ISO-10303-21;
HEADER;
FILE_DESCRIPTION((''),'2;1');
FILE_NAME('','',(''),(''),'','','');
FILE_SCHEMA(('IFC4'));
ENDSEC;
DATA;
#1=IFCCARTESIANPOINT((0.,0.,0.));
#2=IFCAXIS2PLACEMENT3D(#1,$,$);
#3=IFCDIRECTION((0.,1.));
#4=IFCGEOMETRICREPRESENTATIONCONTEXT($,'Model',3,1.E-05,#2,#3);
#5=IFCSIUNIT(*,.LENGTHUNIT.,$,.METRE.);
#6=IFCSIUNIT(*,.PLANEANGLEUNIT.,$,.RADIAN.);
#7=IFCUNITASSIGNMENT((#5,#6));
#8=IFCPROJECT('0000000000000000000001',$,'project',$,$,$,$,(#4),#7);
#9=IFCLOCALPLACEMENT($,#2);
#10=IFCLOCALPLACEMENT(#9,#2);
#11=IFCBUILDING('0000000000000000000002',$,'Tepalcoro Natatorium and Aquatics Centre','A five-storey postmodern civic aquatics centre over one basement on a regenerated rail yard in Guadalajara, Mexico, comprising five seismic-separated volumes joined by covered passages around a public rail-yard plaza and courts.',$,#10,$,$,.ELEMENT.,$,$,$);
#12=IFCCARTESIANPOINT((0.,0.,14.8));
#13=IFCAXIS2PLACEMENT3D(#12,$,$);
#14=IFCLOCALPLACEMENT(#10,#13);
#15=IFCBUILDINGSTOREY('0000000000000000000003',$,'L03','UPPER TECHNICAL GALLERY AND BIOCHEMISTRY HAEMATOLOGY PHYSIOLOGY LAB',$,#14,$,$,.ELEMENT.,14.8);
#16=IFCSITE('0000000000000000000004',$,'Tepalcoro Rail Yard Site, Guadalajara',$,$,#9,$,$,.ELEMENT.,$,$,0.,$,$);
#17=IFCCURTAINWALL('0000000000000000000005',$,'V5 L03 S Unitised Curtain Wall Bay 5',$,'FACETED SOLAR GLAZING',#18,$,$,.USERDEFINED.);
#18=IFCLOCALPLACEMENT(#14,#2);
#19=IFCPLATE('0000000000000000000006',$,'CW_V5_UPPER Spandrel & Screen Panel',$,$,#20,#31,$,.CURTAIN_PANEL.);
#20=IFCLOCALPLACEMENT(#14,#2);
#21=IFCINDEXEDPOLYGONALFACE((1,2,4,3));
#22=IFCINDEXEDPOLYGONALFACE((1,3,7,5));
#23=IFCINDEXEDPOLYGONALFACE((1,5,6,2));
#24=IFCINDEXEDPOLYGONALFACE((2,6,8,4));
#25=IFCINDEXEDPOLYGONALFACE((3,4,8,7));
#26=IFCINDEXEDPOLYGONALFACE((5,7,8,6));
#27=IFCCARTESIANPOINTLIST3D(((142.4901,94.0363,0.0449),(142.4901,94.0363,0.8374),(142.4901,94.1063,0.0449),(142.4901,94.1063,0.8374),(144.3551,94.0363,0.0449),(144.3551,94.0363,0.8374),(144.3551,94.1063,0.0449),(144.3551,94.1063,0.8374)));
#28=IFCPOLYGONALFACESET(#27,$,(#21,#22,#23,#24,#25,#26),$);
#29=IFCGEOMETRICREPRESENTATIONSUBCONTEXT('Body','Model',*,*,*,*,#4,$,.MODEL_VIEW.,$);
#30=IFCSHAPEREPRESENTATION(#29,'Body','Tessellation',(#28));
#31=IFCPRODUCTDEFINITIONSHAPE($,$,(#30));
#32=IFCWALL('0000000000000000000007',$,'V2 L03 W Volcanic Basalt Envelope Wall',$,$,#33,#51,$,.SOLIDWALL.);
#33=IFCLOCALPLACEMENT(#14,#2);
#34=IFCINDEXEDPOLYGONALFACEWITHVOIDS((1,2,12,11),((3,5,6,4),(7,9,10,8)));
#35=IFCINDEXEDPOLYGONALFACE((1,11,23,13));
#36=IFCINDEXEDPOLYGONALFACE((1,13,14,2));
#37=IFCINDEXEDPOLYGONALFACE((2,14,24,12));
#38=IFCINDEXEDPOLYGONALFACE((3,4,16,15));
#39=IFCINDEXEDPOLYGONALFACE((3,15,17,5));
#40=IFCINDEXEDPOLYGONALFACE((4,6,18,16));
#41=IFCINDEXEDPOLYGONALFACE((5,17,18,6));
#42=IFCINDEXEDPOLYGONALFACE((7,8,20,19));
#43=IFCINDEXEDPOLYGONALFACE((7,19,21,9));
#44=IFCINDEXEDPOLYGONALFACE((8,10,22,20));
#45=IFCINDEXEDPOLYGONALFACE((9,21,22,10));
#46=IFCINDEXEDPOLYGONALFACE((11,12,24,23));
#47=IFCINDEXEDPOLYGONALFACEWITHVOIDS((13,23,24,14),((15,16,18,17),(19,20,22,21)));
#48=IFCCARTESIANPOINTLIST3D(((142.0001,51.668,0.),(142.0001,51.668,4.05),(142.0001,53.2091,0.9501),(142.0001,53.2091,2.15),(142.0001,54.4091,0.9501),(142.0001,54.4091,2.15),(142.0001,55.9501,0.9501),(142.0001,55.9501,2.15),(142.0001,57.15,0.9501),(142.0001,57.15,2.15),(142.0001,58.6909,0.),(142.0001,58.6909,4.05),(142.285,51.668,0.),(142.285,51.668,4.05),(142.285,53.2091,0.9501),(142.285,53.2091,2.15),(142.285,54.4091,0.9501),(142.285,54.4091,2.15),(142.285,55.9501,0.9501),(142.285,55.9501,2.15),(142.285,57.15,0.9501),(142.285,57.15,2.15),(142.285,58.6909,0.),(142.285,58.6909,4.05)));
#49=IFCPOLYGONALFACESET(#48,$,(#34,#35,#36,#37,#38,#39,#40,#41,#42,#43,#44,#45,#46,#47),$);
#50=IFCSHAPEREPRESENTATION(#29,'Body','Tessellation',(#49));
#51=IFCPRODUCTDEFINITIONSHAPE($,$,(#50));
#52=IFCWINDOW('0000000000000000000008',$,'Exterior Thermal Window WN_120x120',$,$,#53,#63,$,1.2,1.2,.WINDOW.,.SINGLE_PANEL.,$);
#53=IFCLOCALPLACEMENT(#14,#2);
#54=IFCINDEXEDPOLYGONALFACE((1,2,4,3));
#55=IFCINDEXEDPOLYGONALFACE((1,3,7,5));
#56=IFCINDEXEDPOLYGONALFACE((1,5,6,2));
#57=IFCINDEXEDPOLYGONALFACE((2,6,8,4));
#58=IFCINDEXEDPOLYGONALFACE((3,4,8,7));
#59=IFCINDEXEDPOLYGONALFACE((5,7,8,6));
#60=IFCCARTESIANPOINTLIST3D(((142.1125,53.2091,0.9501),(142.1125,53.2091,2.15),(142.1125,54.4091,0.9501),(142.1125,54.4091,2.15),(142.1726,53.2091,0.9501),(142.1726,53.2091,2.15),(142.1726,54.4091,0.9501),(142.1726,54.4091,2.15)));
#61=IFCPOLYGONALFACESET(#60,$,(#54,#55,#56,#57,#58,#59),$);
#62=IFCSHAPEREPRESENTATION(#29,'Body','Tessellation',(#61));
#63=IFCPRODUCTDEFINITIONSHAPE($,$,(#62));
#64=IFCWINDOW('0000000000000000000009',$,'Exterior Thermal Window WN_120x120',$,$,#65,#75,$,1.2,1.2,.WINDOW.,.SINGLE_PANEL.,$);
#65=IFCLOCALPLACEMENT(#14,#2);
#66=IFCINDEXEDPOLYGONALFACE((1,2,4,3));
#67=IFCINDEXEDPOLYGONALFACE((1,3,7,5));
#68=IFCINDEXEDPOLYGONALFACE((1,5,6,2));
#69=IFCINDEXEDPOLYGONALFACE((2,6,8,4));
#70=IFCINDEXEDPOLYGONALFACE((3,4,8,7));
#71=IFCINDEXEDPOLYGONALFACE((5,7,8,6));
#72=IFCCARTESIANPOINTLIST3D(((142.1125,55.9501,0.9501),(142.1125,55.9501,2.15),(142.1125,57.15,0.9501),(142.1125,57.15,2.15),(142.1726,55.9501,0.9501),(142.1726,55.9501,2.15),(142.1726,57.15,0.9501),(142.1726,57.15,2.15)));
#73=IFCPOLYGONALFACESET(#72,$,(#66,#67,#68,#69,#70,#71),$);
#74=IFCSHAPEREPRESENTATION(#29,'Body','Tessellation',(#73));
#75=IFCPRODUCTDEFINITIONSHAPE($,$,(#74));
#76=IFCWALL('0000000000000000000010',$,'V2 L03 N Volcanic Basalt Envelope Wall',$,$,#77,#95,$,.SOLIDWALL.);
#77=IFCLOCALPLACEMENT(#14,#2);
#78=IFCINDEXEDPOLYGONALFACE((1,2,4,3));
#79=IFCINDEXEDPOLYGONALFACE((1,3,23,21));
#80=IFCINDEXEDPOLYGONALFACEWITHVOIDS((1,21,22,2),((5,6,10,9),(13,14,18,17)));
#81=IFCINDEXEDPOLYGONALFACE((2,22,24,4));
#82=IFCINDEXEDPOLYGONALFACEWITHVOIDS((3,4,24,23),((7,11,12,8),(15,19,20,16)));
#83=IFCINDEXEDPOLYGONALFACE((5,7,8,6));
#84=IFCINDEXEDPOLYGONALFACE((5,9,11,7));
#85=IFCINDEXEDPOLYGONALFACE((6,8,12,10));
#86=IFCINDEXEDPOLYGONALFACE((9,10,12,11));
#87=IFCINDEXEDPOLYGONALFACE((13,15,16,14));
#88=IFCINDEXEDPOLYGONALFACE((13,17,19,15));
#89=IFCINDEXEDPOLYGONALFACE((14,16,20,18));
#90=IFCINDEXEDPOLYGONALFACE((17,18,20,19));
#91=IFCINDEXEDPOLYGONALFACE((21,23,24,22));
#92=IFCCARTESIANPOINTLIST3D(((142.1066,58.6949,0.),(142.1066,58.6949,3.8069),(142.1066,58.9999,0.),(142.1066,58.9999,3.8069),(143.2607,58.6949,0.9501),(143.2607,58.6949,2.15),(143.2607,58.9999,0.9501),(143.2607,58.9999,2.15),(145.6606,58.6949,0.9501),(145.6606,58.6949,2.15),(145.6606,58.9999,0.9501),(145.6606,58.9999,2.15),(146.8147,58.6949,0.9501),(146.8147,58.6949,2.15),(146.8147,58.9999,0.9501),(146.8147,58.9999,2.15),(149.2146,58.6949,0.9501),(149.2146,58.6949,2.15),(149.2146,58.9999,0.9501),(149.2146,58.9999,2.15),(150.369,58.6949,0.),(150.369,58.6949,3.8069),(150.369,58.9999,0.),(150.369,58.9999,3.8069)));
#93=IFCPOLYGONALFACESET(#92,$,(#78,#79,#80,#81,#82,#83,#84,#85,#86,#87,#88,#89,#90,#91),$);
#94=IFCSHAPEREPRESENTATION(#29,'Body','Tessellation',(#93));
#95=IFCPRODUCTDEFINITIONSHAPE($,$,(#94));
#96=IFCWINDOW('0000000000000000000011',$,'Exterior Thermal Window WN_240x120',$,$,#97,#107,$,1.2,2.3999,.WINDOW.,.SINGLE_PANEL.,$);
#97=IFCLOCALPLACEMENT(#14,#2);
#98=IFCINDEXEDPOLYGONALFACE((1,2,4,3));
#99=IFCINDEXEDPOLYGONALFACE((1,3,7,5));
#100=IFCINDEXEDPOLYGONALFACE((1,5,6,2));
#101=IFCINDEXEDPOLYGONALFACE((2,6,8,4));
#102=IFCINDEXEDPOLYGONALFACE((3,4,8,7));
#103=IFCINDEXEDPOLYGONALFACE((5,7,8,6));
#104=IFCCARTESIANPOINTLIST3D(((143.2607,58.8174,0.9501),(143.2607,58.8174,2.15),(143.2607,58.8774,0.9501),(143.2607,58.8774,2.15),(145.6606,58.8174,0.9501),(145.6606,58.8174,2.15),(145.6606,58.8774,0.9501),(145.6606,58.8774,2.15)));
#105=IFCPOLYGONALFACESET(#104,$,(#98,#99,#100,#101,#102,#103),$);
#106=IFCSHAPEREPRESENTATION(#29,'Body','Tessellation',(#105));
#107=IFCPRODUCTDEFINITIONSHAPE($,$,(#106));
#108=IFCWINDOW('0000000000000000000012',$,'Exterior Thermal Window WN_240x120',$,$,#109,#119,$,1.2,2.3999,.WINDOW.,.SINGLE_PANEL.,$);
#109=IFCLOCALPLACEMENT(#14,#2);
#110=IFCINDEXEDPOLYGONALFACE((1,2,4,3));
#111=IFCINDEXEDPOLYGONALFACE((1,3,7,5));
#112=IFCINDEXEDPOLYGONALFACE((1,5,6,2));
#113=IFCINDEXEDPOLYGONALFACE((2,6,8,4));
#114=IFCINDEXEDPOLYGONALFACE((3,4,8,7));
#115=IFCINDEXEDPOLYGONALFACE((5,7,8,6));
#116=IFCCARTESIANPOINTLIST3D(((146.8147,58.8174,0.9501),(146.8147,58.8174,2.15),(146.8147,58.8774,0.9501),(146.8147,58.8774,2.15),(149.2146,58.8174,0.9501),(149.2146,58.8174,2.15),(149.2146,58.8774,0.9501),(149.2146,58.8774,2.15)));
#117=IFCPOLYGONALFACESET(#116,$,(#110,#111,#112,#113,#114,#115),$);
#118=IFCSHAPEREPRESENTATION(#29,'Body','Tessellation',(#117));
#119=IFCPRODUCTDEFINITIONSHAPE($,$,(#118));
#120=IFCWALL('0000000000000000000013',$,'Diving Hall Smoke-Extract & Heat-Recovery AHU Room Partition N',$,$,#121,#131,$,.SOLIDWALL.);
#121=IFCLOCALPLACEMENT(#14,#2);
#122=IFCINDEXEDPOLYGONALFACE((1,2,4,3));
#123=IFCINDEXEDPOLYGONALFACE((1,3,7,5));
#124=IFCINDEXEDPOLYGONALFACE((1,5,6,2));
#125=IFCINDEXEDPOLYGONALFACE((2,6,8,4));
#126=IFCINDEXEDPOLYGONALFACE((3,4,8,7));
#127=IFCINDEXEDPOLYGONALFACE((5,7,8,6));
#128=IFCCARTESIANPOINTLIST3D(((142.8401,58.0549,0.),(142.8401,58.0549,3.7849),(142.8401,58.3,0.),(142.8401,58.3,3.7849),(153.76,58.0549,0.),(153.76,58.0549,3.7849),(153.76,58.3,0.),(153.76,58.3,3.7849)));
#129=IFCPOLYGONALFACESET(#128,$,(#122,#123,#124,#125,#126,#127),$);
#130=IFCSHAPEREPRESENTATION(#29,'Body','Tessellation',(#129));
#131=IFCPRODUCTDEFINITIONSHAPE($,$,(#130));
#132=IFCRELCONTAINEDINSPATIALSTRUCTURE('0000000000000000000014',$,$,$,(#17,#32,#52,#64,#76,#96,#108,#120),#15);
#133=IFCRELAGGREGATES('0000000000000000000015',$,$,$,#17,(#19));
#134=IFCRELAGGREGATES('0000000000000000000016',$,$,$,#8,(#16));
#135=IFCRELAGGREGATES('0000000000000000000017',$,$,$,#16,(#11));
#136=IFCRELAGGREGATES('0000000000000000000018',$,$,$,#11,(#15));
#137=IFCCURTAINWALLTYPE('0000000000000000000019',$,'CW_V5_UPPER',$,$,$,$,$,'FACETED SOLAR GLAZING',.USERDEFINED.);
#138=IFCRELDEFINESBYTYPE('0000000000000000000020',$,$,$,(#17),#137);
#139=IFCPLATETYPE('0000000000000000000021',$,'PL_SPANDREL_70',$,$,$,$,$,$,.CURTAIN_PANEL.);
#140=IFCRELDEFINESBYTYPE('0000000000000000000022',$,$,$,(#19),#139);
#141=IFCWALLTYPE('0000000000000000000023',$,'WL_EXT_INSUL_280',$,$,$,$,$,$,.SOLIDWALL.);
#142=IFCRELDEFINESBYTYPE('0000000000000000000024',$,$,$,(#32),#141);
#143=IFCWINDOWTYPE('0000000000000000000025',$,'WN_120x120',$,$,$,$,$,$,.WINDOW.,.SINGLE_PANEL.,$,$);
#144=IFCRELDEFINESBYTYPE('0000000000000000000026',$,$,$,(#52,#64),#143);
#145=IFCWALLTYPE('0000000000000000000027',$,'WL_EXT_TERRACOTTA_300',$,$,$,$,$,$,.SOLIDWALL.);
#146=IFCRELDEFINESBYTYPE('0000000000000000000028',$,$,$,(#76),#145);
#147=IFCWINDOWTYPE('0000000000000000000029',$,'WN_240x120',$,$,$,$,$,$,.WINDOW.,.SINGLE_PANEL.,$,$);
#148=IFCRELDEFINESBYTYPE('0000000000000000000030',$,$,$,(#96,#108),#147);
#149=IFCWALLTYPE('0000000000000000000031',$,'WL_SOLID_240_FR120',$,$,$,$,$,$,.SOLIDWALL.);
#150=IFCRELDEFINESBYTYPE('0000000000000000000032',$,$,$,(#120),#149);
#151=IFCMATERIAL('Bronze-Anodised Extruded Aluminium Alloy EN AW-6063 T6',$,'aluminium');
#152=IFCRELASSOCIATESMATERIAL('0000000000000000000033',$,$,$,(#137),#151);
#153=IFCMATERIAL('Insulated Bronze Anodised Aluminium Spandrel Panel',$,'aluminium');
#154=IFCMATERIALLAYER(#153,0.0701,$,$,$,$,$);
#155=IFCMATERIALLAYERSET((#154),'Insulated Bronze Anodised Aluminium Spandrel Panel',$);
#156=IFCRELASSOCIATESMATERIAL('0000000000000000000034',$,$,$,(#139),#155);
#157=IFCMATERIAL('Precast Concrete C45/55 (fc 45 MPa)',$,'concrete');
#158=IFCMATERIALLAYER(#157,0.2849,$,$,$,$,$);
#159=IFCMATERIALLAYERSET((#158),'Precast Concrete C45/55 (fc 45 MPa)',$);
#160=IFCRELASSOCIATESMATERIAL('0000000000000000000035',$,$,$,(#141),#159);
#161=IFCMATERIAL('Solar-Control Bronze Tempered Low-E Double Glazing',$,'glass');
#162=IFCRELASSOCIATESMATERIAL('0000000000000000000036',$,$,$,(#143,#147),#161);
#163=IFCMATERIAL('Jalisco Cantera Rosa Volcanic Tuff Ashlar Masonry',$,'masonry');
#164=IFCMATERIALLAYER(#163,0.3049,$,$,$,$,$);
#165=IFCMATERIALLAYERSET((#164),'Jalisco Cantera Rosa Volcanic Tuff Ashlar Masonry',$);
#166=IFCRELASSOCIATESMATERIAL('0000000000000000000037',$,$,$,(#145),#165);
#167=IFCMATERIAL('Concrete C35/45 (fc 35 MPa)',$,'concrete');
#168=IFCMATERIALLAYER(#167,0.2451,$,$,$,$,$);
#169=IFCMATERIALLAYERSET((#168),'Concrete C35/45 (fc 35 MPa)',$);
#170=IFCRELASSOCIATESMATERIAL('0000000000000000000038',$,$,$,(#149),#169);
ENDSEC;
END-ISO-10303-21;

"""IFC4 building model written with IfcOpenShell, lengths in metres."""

from ifc_helpers import new_model, si_unit, direction, frame, frame_2d, origin, origin_2d, place, context, subcontext, project, spatial, rectangle, extrude, material, layer, layer_set, type_object, element, fill, aggregate, save


model = new_model("IFC4")

# Units and contexts
model_context = context("Model", 3, precision=1e-05, world=origin(), true_north=direction((0.0, 1.0)))
body_context = subcontext(model_context, "Body", "Model", "MODEL_VIEW")
ifc_project = project(units=[si_unit("LENGTHUNIT", "METRE"), si_unit("PLANEANGLEUNIT", "RADIAN")], contexts=[model_context])

# Site, building, storey
site_placement = place(None, origin())
site = spatial("IfcSite", under=ifc_project, at=site_placement, Name="Tepalcoro Rail Yard Site, Guadalajara", CompositionType="ELEMENT", RefElevation=0.0)
building_placement = place(site_placement, origin())
building = spatial("IfcBuilding", under=site, at=building_placement, Name="Tepalcoro Natatorium and Aquatics Centre", Description="A five-storey postmodern civic aquatics centre over one basement on a regenerated rail yard in Guadalajara, Mexico, comprising five seismic-separated volumes joined by covered passages around a public rail-yard plaza and courts.", CompositionType="ELEMENT")
storey_placement = place(building_placement, frame((0.0, 0.0, 14.8)))
storey = spatial("IfcBuildingStorey", under=building, at=storey_placement, Name="L03", Description="UPPER TECHNICAL GALLERY AND BIOCHEMISTRY HAEMATOLOGY PHYSIOLOGY LAB", CompositionType="ELEMENT", Elevation=14.8)

# Shared definitions
ifc_material_1 = material(Name="Bronze-Anodised Extruded Aluminium Alloy EN AW-6063 T6", Category="aluminium")

# Curtain wall
curtain_wall_type_1 = type_object("IfcCurtainWallType", Name="CW_V5_UPPER", ElementType="FACETED SOLAR GLAZING", PredefinedType="USERDEFINED", material=ifc_material_1)
curtain_wall_1_placement = place(storey_placement, origin())
curtain_wall_1 = element("IfcCurtainWall", 1, at=curtain_wall_1_placement, inside=storey, type_object=curtain_wall_type_1, Name="V5 L03 S Unitised Curtain Wall Bay 5", ObjectType="FACETED SOLAR GLAZING", PredefinedType="USERDEFINED")

# Plate
ifc_material_2 = material(Name="Solar-Control Bronze Tempered Low-E Double Glazing", Category="glass")
ifc_material_3 = material(Name="Insulated Bronze Anodised Aluminium Spandrel Panel", Category="aluminium")
ifc_layer_1 = layer(ifc_material_3, 0.0701)
ifc_layer_set_1 = layer_set([ifc_layer_1], Name="Insulated Bronze Anodised Aluminium Spandrel Panel")
plate_type_1 = type_object("IfcPlateType", Name="PL_SPANDREL_70", PredefinedType="CURTAIN_PANEL", material=ifc_layer_set_1)
plate_1_placement = place(storey_placement, frame((143.4226, 94.0713, 0.0449), z_axis=(0.0, 0.0, 1.0), x_axis=(1.0, 0.0, 0.0)))
plate_1 = element("IfcPlate", 2, at=plate_1_placement, type_object=plate_type_1, Name="CW_V5_UPPER Spandrel & Screen Panel", PredefinedType="CURTAIN_PANEL", context=body_context, shape_type="SweptSolid", body=[
    extrude(rectangle(XDim=1.865, YDim=0.0701, at=origin_2d()), origin(), (0.0, 0.0, 1.0), 0.7925),
])
aggregate(curtain_wall_1, [plate_1])

# Walls, openings, windows
ifc_material_4 = material(Name="Precast Concrete C45/55 (fc 45 MPa)", Category="concrete")
ifc_layer_2 = layer(ifc_material_4, 0.2849)
ifc_layer_set_2 = layer_set([ifc_layer_2], Name="Precast Concrete C45/55 (fc 45 MPa)")
wall_type_1 = type_object("IfcWallType", Name="WL_EXT_INSUL_280", PredefinedType="SOLIDWALL", material=ifc_layer_set_2)
wall_1_placement = place(storey_placement, frame((142.1426, 51.668, 0.0), z_axis=(0.0, 0.0, 1.0), x_axis=(0.0, 1.0, 0.0)))
wall_1 = element("IfcWall", 3, at=wall_1_placement, inside=storey, type_object=wall_type_1, Name="V2 L03 W Volcanic Basalt Envelope Wall", PredefinedType="SOLIDWALL", context=body_context, shape_type="SweptSolid", body=[
    extrude(rectangle(XDim=7.0229, YDim=0.2849, at=frame_2d((3.5115, 0.0))), origin(), (0.0, 0.0, 1.0), 4.05),
])
opening_1_placement = place(wall_1_placement, frame((1.541, 0.0, 0.95)))
opening_1 = element("IfcOpeningElement", 4, at=opening_1_placement, cuts=wall_1, PredefinedType="OPENING", context=body_context, shape_type="SweptSolid", body=[
    extrude(rectangle(XDim=1.2, YDim=1.2, at=frame_2d((0.6001, 0.6001))), frame((0.0, 0.1543, 0.0), z_axis=(0.0, -1.0, 0.0), x_axis=(1.0, 0.0, 0.0)), (0.0, 0.0, 1.0), 0.3088),
])
opening_2_placement = place(wall_1_placement, frame((4.282, 0.0, 0.95)))
opening_2 = element("IfcOpeningElement", 5, at=opening_2_placement, cuts=wall_1, PredefinedType="OPENING", context=body_context, shape_type="SweptSolid", body=[
    extrude(rectangle(XDim=1.2, YDim=1.2, at=frame_2d((0.6001, 0.6001))), frame((0.0, 0.1543, 0.0), z_axis=(0.0, -1.0, 0.0), x_axis=(1.0, 0.0, 0.0)), (0.0, 0.0, 1.0), 0.3088),
])
window_type_1 = type_object("IfcWindowType", Name="WN_120x120", PartitioningType="SINGLE_PANEL", PredefinedType="WINDOW", material=ifc_material_2)
window_1_placement = place(opening_1_placement, origin())
window_1 = element("IfcWindow", 6, at=window_1_placement, inside=storey, type_object=window_type_1, Name="Exterior Thermal Window WN_120x120", OverallHeight=1.2, OverallWidth=1.2, PartitioningType="SINGLE_PANEL", PredefinedType="WINDOW", context=body_context, shape_type="SweptSolid", body=[
    extrude(rectangle(XDim=1.2, YDim=1.2, at=frame_2d((0.6001, 0.6001))), frame((0.0, 0.03, 0.0), z_axis=(0.0, -1.0, 0.0), x_axis=(1.0, 0.0, 0.0)), (0.0, 0.0, 1.0), 0.0601),
])
fill(opening_1, window_1)
window_2_placement = place(opening_2_placement, origin())
window_2 = element("IfcWindow", 7, at=window_2_placement, inside=storey, type_object=window_type_1, Name="Exterior Thermal Window WN_120x120", OverallHeight=1.2, OverallWidth=1.2, PartitioningType="SINGLE_PANEL", PredefinedType="WINDOW", context=body_context, shape_type="SweptSolid", body=[
    extrude(rectangle(XDim=1.2, YDim=1.2, at=frame_2d((0.6001, 0.6001))), frame((0.0, 0.03, 0.0), z_axis=(0.0, -1.0, 0.0), x_axis=(1.0, 0.0, 0.0)), (0.0, 0.0, 1.0), 0.0601),
])
fill(opening_2, window_2)
ifc_material_5 = material(Name="Jalisco Cantera Rosa Volcanic Tuff Ashlar Masonry", Category="masonry")
ifc_layer_3 = layer(ifc_material_5, 0.3049)
ifc_layer_set_3 = layer_set([ifc_layer_3], Name="Jalisco Cantera Rosa Volcanic Tuff Ashlar Masonry")
wall_type_2 = type_object("IfcWallType", Name="WL_EXT_TERRACOTTA_300", PredefinedType="SOLIDWALL", material=ifc_layer_set_3)
wall_2_placement = place(storey_placement, frame((142.1064, 58.8474, 0.0), z_axis=(0.0, 0.0, 1.0), x_axis=(1.0, 0.0, 0.0)))
wall_2 = element("IfcWall", 8, at=wall_2_placement, inside=storey, type_object=wall_type_2, Name="V2 L03 N Volcanic Basalt Envelope Wall", PredefinedType="SOLIDWALL", context=body_context, shape_type="SweptSolid", body=[
    extrude(rectangle(XDim=8.2625, YDim=0.3049, at=frame_2d((4.1313, 0.0))), origin(), (0.0, 0.0, 1.0), 3.8069),
])
opening_3_placement = place(wall_2_placement, frame((1.1543, 0.0, 0.95)))
opening_3 = element("IfcOpeningElement", 9, at=opening_3_placement, cuts=wall_2, PredefinedType="OPENING", context=body_context, shape_type="SweptSolid", body=[
    extrude(rectangle(XDim=2.3999, YDim=1.2, at=frame_2d((1.2, 0.6001))), frame((0.0, 0.1646, 0.0), z_axis=(0.0, -1.0, 0.0), x_axis=(1.0, 0.0, 0.0)), (0.0, 0.0, 1.0), 0.3289),
])
opening_4_placement = place(wall_2_placement, frame((4.7083, 0.0, 0.95)))
opening_4 = element("IfcOpeningElement", 10, at=opening_4_placement, cuts=wall_2, PredefinedType="OPENING", context=body_context, shape_type="SweptSolid", body=[
    extrude(rectangle(XDim=2.3999, YDim=1.2, at=frame_2d((1.2, 0.6001))), frame((0.0, 0.1646, 0.0), z_axis=(0.0, -1.0, 0.0), x_axis=(1.0, 0.0, 0.0)), (0.0, 0.0, 1.0), 0.3289),
])
window_type_2 = type_object("IfcWindowType", Name="WN_240x120", PartitioningType="SINGLE_PANEL", PredefinedType="WINDOW", material=ifc_material_2)
window_3_placement = place(opening_3_placement, origin())
window_3 = element("IfcWindow", 11, at=window_3_placement, inside=storey, type_object=window_type_2, Name="Exterior Thermal Window WN_240x120", OverallHeight=1.2, OverallWidth=2.3999, PartitioningType="SINGLE_PANEL", PredefinedType="WINDOW", context=body_context, shape_type="SweptSolid", body=[
    extrude(rectangle(XDim=2.3999, YDim=1.2, at=frame_2d((1.2, 0.6001))), frame((0.0, 0.03, 0.0), z_axis=(0.0, -1.0, 0.0), x_axis=(1.0, 0.0, 0.0)), (0.0, 0.0, 1.0), 0.0601),
])
fill(opening_3, window_3)
window_4_placement = place(opening_4_placement, origin())
window_4 = element("IfcWindow", 12, at=window_4_placement, inside=storey, type_object=window_type_2, Name="Exterior Thermal Window WN_240x120", OverallHeight=1.2, OverallWidth=2.3999, PartitioningType="SINGLE_PANEL", PredefinedType="WINDOW", context=body_context, shape_type="SweptSolid", body=[
    extrude(rectangle(XDim=2.3999, YDim=1.2, at=frame_2d((1.2, 0.6001))), frame((0.0, 0.03, 0.0), z_axis=(0.0, -1.0, 0.0), x_axis=(1.0, 0.0, 0.0)), (0.0, 0.0, 1.0), 0.0601),
])
fill(opening_4, window_4)

# Wall
ifc_material_6 = material(Name="Concrete C35/45 (fc 35 MPa)", Category="concrete")
ifc_layer_4 = layer(ifc_material_6, 0.2451)
ifc_layer_set_4 = layer_set([ifc_layer_4], Name="Concrete C35/45 (fc 35 MPa)")
wall_type_3 = type_object("IfcWallType", Name="WL_SOLID_240_FR120", PredefinedType="SOLIDWALL", material=ifc_layer_set_4)
wall_3_placement = place(storey_placement, frame((142.8401, 58.1775, 0.0), z_axis=(0.0, 0.0, 1.0), x_axis=(1.0, 0.0, 0.0)))
element("IfcWall", 13, at=wall_3_placement, inside=storey, type_object=wall_type_3, Name="Diving Hall Smoke-Extract & Heat-Recovery AHU Room Partition N", PredefinedType="SOLIDWALL", context=body_context, shape_type="SweptSolid", body=[
    extrude(rectangle(XDim=10.9199, YDim=0.2451, at=frame_2d((5.46, 0.0))), origin(), (0.0, 0.0, 1.0), 3.7849),
])

save(model, "model.ifc")
